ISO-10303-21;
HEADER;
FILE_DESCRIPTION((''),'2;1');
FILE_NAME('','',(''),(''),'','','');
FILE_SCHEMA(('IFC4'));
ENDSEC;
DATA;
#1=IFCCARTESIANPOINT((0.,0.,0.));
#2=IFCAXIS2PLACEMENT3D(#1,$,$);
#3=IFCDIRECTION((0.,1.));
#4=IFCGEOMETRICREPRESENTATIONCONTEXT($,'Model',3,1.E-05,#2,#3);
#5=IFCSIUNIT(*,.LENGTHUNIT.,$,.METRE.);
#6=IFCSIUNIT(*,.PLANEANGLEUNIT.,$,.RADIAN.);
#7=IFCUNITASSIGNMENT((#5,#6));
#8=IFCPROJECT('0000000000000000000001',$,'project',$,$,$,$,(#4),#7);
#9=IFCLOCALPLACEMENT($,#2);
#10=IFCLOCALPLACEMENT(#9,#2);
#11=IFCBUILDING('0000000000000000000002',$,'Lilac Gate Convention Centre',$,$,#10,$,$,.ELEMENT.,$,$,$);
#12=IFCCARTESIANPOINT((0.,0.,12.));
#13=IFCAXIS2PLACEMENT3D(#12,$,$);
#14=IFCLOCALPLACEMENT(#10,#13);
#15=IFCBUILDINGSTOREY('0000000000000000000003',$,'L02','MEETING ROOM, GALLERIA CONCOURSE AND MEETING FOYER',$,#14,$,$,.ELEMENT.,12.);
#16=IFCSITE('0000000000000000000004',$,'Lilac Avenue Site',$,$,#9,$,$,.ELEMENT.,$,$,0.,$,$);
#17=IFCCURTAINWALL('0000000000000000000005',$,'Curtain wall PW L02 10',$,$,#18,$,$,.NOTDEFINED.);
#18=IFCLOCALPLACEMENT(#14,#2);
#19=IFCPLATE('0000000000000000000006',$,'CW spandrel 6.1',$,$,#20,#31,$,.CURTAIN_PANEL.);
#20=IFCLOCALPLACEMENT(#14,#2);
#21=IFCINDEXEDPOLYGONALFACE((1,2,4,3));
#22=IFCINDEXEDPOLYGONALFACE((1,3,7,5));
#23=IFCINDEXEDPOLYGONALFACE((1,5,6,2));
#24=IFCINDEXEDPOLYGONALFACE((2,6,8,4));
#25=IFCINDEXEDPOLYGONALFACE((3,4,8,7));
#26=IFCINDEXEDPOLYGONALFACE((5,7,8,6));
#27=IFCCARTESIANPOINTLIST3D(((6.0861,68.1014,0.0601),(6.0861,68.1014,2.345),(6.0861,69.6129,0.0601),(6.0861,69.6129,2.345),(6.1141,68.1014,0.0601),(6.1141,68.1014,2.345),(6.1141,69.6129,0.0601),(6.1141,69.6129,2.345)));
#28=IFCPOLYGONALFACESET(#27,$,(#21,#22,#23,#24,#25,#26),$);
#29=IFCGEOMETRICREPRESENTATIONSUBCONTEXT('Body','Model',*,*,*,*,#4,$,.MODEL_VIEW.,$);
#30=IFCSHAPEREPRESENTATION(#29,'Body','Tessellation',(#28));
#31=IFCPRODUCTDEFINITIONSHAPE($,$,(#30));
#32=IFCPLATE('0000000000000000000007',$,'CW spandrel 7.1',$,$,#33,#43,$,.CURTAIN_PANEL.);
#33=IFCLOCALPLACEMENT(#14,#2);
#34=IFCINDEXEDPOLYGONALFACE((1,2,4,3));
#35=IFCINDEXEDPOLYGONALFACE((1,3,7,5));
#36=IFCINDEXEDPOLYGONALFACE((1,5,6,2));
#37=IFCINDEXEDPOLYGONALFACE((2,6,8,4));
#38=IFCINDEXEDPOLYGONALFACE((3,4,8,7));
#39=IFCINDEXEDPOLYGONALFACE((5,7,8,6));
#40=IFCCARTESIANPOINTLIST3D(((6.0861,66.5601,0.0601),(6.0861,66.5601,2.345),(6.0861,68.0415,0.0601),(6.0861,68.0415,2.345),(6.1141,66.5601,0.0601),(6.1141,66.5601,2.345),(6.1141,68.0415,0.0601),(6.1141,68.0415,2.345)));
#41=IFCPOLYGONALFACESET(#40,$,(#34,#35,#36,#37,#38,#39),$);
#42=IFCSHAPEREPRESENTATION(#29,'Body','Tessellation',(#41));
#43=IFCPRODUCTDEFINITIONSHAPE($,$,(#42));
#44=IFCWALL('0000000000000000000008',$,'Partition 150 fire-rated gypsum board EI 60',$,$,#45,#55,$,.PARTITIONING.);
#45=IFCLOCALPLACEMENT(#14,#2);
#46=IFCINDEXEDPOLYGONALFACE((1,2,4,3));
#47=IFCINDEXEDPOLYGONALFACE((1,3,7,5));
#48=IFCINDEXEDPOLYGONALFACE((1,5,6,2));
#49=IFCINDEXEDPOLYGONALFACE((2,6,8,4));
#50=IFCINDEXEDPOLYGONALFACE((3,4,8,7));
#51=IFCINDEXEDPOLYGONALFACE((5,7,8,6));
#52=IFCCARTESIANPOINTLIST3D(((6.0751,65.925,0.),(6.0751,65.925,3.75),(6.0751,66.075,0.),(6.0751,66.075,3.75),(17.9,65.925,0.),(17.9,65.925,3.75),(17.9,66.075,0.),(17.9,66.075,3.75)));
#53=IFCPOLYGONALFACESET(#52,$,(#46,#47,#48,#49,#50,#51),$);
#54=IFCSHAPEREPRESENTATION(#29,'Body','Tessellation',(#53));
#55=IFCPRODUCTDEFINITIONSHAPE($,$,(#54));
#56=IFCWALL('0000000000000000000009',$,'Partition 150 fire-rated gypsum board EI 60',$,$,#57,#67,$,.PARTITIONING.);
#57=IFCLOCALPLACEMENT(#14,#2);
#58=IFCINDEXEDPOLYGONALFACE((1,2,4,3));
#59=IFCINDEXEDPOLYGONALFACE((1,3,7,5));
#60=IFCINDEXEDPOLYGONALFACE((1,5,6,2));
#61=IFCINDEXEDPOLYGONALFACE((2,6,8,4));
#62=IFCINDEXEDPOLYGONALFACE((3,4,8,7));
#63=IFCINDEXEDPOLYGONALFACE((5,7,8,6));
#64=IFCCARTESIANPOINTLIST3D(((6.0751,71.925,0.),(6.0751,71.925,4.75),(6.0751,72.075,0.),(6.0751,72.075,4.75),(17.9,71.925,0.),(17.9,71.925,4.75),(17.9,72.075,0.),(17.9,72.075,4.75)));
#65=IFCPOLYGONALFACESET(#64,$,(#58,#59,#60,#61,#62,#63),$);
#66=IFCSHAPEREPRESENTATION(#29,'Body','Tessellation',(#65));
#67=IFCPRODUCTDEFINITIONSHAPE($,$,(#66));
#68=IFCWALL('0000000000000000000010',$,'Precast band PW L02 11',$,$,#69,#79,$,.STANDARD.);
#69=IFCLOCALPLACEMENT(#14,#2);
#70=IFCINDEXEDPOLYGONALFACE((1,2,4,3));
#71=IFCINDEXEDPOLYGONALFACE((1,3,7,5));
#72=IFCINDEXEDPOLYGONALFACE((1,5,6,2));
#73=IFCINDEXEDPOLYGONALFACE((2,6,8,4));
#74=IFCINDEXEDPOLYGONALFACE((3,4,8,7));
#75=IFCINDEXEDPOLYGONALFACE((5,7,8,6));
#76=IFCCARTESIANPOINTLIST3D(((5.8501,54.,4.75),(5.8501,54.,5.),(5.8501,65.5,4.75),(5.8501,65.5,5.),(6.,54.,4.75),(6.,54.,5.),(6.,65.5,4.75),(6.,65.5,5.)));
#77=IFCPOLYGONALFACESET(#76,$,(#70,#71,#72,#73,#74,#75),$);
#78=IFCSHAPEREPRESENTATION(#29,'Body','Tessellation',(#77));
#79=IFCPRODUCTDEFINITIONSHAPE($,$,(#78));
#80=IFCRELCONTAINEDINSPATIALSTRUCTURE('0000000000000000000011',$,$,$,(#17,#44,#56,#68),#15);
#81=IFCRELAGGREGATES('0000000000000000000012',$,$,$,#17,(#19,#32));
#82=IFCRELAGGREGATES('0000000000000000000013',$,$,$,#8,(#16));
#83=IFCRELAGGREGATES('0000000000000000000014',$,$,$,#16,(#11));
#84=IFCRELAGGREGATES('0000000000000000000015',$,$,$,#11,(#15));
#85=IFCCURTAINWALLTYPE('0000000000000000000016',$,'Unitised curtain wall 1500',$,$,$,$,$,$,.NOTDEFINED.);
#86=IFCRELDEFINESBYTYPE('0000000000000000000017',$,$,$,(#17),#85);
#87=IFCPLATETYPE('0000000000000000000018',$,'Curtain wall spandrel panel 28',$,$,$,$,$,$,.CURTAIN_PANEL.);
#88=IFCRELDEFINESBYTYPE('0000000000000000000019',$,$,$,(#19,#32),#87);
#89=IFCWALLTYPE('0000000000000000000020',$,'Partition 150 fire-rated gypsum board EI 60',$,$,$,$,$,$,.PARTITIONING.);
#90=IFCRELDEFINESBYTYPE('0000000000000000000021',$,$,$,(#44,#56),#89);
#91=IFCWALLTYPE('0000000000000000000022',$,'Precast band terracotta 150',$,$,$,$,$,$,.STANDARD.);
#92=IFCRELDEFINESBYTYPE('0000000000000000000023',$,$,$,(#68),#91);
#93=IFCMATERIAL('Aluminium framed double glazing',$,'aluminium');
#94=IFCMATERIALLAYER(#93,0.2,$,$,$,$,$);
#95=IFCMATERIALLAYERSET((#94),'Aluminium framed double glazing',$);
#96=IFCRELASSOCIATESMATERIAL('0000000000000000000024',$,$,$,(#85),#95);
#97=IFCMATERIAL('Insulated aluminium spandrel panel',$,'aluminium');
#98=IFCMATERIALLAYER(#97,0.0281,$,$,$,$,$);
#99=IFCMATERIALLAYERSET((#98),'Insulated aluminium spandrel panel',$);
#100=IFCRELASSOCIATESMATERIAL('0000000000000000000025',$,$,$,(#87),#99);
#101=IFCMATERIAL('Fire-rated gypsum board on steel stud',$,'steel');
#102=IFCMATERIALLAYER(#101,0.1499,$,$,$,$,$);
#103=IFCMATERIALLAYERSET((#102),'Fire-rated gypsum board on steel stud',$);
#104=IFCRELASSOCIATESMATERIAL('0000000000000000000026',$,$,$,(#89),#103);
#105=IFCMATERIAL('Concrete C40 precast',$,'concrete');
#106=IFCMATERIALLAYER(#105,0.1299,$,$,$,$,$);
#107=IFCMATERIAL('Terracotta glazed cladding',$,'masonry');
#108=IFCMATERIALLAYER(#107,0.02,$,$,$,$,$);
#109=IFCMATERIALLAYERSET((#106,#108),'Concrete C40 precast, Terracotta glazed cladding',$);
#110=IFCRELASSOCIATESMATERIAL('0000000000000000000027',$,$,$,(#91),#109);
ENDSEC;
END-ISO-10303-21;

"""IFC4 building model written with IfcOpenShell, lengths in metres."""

from ifc_helpers import new_model, si_unit, direction, frame, frame_2d, origin, origin_2d, place, context, subcontext, project, spatial, rectangle, extrude, material, layer, layer_set, type_object, element, aggregate, save


model = new_model("IFC4")

# Units and contexts
model_context = context("Model", 3, precision=1e-05, world=origin(), true_north=direction((0.0, 1.0)))
body_context = subcontext(model_context, "Body", "Model", "MODEL_VIEW")
ifc_project = project(units=[si_unit("LENGTHUNIT", "METRE"), si_unit("PLANEANGLEUNIT", "RADIAN")], contexts=[model_context])

# Site, building, storey
site_placement = place(None, origin())
site = spatial("IfcSite", under=ifc_project, at=site_placement, Name="Lilac Avenue Site", CompositionType="ELEMENT", RefElevation=0.0)
building_placement = place(site_placement, origin())
building = spatial("IfcBuilding", under=site, at=building_placement, Name="Lilac Gate Convention Centre", CompositionType="ELEMENT")
storey_placement = place(building_placement, frame((0.0, 0.0, 12.0)))
storey = spatial("IfcBuildingStorey", under=building, at=storey_placement, Name="L02", Description="MEETING ROOM, GALLERIA CONCOURSE AND MEETING FOYER", CompositionType="ELEMENT", Elevation=12.0)

# Curtain wall
ifc_material_1 = material(Name="Aluminium framed double glazing", Category="aluminium")
ifc_layer_1 = layer(ifc_material_1, 0.2)
ifc_layer_set_1 = layer_set([ifc_layer_1], Name="Aluminium framed double glazing")
curtain_wall_type = type_object("IfcCurtainWallType", Name="Unitised curtain wall 1500", PredefinedType="NOTDEFINED", material=ifc_layer_set_1)
curtain_wall_1_placement = place(storey_placement, origin())
curtain_wall_1 = element("IfcCurtainWall", 1, at=curtain_wall_1_placement, inside=storey, type_object=curtain_wall_type, Name="Curtain wall PW L02 10", PredefinedType="NOTDEFINED")

# Plates
ifc_material_2 = material(Name="Insulated aluminium spandrel panel", Category="aluminium")
ifc_layer_2 = layer(ifc_material_2, 0.0281)
ifc_layer_set_2 = layer_set([ifc_layer_2], Name="Insulated aluminium spandrel panel")
plate_type_1 = type_object("IfcPlateType", Name="Curtain wall spandrel panel 28", PredefinedType="CURTAIN_PANEL", material=ifc_layer_set_2)
plate_1_placement = place(storey_placement, frame((6.1001, 68.8572, 0.0601), z_axis=(0.0, 0.0, 1.0), x_axis=(0.0, -1.0, 0.0)))
plate_1 = element("IfcPlate", 2, at=plate_1_placement, type_object=plate_type_1, Name="CW spandrel 6.1", PredefinedType="CURTAIN_PANEL", context=body_context, shape_type="SweptSolid", body=[
    extrude(rectangle(XDim=1.5115, YDim=0.0281, at=origin_2d()), origin(), (0.0, 0.0, 1.0), 2.2849),
])
plate_2_placement = place(storey_placement, frame((6.1001, 67.3008, 0.0601), z_axis=(0.0, 0.0, 1.0), x_axis=(0.0, -1.0, 0.0)))
plate_2 = element("IfcPlate", 3, at=plate_2_placement, type_object=plate_type_1, Name="CW spandrel 7.1", PredefinedType="CURTAIN_PANEL", context=body_context, shape_type="SweptSolid", body=[
    extrude(rectangle(XDim=1.4814, YDim=0.0281, at=origin_2d()), origin(), (0.0, 0.0, 1.0), 2.2849),
])
aggregate(curtain_wall_1, [plate_1, plate_2])

# Walls
ifc_material_3 = material(Name="Fire-rated gypsum board on steel stud", Category="steel")
ifc_layer_3 = layer(ifc_material_3, 0.1499)
ifc_layer_set_3 = layer_set([ifc_layer_3], Name="Fire-rated gypsum board on steel stud")
wall_type_1 = type_object("IfcWallType", Name="Partition 150 fire-rated gypsum board EI 60", PredefinedType="PARTITIONING", material=ifc_layer_set_3)
wall_1_placement = place(storey_placement, frame((6.075, 66.0, 0.0), z_axis=(0.0, 0.0, 1.0), x_axis=(1.0, 0.0, 0.0)))
element("IfcWall", 4, at=wall_1_placement, inside=storey, type_object=wall_type_1, Name="Partition 150 fire-rated gypsum board EI 60", PredefinedType="PARTITIONING", context=body_context, shape_type="SweptSolid", body=[
    extrude(rectangle(XDim=11.825, YDim=0.1499, at=frame_2d((5.9126, 0.0))), origin(), (0.0, 0.0, 1.0), 3.75),
])
wall_2_placement = place(storey_placement, frame((6.075, 72.0, 0.0), z_axis=(0.0, 0.0, 1.0), x_axis=(1.0, 0.0, 0.0)))
element("IfcWall", 5, at=wall_2_placement, inside=storey, type_object=wall_type_1, Name="Partition 150 fire-rated gypsum board EI 60", PredefinedType="PARTITIONING", context=body_context, shape_type="SweptSolid", body=[
    extrude(rectangle(XDim=11.825, YDim=0.1499, at=frame_2d((5.9126, 0.0))), origin(), (0.0, 0.0, 1.0), 4.75),
])
ifc_material_4 = material(Name="Concrete C40 precast", Category="concrete")
ifc_layer_4 = layer(ifc_material_4, 0.1299)
ifc_material_5 = material(Name="Terracotta glazed cladding", Category="masonry")
ifc_layer_5 = layer(ifc_material_5, 0.02)
ifc_layer_set_4 = layer_set([ifc_layer_4, ifc_layer_5], Name="Concrete C40 precast, Terracotta glazed cladding")
wall_type_2 = type_object("IfcWallType", Name="Precast band terracotta 150", PredefinedType="STANDARD", material=ifc_layer_set_4)
wall_3_placement = place(storey_placement, frame((5.925, 65.5, 4.75), z_axis=(0.0, 0.0, 1.0), x_axis=(0.0, -1.0, 0.0)))
element("IfcWall", 6, at=wall_3_placement, inside=storey, type_object=wall_type_2, Name="Precast band PW L02 11", PredefinedType="STANDARD", context=body_context, shape_type="SweptSolid", body=[
    extrude(rectangle(XDim=11.5, YDim=0.1499, at=frame_2d((5.75, 0.0))), origin(), (0.0, 0.0, 1.0), 0.25),
])

save(model, "model.ifc")
